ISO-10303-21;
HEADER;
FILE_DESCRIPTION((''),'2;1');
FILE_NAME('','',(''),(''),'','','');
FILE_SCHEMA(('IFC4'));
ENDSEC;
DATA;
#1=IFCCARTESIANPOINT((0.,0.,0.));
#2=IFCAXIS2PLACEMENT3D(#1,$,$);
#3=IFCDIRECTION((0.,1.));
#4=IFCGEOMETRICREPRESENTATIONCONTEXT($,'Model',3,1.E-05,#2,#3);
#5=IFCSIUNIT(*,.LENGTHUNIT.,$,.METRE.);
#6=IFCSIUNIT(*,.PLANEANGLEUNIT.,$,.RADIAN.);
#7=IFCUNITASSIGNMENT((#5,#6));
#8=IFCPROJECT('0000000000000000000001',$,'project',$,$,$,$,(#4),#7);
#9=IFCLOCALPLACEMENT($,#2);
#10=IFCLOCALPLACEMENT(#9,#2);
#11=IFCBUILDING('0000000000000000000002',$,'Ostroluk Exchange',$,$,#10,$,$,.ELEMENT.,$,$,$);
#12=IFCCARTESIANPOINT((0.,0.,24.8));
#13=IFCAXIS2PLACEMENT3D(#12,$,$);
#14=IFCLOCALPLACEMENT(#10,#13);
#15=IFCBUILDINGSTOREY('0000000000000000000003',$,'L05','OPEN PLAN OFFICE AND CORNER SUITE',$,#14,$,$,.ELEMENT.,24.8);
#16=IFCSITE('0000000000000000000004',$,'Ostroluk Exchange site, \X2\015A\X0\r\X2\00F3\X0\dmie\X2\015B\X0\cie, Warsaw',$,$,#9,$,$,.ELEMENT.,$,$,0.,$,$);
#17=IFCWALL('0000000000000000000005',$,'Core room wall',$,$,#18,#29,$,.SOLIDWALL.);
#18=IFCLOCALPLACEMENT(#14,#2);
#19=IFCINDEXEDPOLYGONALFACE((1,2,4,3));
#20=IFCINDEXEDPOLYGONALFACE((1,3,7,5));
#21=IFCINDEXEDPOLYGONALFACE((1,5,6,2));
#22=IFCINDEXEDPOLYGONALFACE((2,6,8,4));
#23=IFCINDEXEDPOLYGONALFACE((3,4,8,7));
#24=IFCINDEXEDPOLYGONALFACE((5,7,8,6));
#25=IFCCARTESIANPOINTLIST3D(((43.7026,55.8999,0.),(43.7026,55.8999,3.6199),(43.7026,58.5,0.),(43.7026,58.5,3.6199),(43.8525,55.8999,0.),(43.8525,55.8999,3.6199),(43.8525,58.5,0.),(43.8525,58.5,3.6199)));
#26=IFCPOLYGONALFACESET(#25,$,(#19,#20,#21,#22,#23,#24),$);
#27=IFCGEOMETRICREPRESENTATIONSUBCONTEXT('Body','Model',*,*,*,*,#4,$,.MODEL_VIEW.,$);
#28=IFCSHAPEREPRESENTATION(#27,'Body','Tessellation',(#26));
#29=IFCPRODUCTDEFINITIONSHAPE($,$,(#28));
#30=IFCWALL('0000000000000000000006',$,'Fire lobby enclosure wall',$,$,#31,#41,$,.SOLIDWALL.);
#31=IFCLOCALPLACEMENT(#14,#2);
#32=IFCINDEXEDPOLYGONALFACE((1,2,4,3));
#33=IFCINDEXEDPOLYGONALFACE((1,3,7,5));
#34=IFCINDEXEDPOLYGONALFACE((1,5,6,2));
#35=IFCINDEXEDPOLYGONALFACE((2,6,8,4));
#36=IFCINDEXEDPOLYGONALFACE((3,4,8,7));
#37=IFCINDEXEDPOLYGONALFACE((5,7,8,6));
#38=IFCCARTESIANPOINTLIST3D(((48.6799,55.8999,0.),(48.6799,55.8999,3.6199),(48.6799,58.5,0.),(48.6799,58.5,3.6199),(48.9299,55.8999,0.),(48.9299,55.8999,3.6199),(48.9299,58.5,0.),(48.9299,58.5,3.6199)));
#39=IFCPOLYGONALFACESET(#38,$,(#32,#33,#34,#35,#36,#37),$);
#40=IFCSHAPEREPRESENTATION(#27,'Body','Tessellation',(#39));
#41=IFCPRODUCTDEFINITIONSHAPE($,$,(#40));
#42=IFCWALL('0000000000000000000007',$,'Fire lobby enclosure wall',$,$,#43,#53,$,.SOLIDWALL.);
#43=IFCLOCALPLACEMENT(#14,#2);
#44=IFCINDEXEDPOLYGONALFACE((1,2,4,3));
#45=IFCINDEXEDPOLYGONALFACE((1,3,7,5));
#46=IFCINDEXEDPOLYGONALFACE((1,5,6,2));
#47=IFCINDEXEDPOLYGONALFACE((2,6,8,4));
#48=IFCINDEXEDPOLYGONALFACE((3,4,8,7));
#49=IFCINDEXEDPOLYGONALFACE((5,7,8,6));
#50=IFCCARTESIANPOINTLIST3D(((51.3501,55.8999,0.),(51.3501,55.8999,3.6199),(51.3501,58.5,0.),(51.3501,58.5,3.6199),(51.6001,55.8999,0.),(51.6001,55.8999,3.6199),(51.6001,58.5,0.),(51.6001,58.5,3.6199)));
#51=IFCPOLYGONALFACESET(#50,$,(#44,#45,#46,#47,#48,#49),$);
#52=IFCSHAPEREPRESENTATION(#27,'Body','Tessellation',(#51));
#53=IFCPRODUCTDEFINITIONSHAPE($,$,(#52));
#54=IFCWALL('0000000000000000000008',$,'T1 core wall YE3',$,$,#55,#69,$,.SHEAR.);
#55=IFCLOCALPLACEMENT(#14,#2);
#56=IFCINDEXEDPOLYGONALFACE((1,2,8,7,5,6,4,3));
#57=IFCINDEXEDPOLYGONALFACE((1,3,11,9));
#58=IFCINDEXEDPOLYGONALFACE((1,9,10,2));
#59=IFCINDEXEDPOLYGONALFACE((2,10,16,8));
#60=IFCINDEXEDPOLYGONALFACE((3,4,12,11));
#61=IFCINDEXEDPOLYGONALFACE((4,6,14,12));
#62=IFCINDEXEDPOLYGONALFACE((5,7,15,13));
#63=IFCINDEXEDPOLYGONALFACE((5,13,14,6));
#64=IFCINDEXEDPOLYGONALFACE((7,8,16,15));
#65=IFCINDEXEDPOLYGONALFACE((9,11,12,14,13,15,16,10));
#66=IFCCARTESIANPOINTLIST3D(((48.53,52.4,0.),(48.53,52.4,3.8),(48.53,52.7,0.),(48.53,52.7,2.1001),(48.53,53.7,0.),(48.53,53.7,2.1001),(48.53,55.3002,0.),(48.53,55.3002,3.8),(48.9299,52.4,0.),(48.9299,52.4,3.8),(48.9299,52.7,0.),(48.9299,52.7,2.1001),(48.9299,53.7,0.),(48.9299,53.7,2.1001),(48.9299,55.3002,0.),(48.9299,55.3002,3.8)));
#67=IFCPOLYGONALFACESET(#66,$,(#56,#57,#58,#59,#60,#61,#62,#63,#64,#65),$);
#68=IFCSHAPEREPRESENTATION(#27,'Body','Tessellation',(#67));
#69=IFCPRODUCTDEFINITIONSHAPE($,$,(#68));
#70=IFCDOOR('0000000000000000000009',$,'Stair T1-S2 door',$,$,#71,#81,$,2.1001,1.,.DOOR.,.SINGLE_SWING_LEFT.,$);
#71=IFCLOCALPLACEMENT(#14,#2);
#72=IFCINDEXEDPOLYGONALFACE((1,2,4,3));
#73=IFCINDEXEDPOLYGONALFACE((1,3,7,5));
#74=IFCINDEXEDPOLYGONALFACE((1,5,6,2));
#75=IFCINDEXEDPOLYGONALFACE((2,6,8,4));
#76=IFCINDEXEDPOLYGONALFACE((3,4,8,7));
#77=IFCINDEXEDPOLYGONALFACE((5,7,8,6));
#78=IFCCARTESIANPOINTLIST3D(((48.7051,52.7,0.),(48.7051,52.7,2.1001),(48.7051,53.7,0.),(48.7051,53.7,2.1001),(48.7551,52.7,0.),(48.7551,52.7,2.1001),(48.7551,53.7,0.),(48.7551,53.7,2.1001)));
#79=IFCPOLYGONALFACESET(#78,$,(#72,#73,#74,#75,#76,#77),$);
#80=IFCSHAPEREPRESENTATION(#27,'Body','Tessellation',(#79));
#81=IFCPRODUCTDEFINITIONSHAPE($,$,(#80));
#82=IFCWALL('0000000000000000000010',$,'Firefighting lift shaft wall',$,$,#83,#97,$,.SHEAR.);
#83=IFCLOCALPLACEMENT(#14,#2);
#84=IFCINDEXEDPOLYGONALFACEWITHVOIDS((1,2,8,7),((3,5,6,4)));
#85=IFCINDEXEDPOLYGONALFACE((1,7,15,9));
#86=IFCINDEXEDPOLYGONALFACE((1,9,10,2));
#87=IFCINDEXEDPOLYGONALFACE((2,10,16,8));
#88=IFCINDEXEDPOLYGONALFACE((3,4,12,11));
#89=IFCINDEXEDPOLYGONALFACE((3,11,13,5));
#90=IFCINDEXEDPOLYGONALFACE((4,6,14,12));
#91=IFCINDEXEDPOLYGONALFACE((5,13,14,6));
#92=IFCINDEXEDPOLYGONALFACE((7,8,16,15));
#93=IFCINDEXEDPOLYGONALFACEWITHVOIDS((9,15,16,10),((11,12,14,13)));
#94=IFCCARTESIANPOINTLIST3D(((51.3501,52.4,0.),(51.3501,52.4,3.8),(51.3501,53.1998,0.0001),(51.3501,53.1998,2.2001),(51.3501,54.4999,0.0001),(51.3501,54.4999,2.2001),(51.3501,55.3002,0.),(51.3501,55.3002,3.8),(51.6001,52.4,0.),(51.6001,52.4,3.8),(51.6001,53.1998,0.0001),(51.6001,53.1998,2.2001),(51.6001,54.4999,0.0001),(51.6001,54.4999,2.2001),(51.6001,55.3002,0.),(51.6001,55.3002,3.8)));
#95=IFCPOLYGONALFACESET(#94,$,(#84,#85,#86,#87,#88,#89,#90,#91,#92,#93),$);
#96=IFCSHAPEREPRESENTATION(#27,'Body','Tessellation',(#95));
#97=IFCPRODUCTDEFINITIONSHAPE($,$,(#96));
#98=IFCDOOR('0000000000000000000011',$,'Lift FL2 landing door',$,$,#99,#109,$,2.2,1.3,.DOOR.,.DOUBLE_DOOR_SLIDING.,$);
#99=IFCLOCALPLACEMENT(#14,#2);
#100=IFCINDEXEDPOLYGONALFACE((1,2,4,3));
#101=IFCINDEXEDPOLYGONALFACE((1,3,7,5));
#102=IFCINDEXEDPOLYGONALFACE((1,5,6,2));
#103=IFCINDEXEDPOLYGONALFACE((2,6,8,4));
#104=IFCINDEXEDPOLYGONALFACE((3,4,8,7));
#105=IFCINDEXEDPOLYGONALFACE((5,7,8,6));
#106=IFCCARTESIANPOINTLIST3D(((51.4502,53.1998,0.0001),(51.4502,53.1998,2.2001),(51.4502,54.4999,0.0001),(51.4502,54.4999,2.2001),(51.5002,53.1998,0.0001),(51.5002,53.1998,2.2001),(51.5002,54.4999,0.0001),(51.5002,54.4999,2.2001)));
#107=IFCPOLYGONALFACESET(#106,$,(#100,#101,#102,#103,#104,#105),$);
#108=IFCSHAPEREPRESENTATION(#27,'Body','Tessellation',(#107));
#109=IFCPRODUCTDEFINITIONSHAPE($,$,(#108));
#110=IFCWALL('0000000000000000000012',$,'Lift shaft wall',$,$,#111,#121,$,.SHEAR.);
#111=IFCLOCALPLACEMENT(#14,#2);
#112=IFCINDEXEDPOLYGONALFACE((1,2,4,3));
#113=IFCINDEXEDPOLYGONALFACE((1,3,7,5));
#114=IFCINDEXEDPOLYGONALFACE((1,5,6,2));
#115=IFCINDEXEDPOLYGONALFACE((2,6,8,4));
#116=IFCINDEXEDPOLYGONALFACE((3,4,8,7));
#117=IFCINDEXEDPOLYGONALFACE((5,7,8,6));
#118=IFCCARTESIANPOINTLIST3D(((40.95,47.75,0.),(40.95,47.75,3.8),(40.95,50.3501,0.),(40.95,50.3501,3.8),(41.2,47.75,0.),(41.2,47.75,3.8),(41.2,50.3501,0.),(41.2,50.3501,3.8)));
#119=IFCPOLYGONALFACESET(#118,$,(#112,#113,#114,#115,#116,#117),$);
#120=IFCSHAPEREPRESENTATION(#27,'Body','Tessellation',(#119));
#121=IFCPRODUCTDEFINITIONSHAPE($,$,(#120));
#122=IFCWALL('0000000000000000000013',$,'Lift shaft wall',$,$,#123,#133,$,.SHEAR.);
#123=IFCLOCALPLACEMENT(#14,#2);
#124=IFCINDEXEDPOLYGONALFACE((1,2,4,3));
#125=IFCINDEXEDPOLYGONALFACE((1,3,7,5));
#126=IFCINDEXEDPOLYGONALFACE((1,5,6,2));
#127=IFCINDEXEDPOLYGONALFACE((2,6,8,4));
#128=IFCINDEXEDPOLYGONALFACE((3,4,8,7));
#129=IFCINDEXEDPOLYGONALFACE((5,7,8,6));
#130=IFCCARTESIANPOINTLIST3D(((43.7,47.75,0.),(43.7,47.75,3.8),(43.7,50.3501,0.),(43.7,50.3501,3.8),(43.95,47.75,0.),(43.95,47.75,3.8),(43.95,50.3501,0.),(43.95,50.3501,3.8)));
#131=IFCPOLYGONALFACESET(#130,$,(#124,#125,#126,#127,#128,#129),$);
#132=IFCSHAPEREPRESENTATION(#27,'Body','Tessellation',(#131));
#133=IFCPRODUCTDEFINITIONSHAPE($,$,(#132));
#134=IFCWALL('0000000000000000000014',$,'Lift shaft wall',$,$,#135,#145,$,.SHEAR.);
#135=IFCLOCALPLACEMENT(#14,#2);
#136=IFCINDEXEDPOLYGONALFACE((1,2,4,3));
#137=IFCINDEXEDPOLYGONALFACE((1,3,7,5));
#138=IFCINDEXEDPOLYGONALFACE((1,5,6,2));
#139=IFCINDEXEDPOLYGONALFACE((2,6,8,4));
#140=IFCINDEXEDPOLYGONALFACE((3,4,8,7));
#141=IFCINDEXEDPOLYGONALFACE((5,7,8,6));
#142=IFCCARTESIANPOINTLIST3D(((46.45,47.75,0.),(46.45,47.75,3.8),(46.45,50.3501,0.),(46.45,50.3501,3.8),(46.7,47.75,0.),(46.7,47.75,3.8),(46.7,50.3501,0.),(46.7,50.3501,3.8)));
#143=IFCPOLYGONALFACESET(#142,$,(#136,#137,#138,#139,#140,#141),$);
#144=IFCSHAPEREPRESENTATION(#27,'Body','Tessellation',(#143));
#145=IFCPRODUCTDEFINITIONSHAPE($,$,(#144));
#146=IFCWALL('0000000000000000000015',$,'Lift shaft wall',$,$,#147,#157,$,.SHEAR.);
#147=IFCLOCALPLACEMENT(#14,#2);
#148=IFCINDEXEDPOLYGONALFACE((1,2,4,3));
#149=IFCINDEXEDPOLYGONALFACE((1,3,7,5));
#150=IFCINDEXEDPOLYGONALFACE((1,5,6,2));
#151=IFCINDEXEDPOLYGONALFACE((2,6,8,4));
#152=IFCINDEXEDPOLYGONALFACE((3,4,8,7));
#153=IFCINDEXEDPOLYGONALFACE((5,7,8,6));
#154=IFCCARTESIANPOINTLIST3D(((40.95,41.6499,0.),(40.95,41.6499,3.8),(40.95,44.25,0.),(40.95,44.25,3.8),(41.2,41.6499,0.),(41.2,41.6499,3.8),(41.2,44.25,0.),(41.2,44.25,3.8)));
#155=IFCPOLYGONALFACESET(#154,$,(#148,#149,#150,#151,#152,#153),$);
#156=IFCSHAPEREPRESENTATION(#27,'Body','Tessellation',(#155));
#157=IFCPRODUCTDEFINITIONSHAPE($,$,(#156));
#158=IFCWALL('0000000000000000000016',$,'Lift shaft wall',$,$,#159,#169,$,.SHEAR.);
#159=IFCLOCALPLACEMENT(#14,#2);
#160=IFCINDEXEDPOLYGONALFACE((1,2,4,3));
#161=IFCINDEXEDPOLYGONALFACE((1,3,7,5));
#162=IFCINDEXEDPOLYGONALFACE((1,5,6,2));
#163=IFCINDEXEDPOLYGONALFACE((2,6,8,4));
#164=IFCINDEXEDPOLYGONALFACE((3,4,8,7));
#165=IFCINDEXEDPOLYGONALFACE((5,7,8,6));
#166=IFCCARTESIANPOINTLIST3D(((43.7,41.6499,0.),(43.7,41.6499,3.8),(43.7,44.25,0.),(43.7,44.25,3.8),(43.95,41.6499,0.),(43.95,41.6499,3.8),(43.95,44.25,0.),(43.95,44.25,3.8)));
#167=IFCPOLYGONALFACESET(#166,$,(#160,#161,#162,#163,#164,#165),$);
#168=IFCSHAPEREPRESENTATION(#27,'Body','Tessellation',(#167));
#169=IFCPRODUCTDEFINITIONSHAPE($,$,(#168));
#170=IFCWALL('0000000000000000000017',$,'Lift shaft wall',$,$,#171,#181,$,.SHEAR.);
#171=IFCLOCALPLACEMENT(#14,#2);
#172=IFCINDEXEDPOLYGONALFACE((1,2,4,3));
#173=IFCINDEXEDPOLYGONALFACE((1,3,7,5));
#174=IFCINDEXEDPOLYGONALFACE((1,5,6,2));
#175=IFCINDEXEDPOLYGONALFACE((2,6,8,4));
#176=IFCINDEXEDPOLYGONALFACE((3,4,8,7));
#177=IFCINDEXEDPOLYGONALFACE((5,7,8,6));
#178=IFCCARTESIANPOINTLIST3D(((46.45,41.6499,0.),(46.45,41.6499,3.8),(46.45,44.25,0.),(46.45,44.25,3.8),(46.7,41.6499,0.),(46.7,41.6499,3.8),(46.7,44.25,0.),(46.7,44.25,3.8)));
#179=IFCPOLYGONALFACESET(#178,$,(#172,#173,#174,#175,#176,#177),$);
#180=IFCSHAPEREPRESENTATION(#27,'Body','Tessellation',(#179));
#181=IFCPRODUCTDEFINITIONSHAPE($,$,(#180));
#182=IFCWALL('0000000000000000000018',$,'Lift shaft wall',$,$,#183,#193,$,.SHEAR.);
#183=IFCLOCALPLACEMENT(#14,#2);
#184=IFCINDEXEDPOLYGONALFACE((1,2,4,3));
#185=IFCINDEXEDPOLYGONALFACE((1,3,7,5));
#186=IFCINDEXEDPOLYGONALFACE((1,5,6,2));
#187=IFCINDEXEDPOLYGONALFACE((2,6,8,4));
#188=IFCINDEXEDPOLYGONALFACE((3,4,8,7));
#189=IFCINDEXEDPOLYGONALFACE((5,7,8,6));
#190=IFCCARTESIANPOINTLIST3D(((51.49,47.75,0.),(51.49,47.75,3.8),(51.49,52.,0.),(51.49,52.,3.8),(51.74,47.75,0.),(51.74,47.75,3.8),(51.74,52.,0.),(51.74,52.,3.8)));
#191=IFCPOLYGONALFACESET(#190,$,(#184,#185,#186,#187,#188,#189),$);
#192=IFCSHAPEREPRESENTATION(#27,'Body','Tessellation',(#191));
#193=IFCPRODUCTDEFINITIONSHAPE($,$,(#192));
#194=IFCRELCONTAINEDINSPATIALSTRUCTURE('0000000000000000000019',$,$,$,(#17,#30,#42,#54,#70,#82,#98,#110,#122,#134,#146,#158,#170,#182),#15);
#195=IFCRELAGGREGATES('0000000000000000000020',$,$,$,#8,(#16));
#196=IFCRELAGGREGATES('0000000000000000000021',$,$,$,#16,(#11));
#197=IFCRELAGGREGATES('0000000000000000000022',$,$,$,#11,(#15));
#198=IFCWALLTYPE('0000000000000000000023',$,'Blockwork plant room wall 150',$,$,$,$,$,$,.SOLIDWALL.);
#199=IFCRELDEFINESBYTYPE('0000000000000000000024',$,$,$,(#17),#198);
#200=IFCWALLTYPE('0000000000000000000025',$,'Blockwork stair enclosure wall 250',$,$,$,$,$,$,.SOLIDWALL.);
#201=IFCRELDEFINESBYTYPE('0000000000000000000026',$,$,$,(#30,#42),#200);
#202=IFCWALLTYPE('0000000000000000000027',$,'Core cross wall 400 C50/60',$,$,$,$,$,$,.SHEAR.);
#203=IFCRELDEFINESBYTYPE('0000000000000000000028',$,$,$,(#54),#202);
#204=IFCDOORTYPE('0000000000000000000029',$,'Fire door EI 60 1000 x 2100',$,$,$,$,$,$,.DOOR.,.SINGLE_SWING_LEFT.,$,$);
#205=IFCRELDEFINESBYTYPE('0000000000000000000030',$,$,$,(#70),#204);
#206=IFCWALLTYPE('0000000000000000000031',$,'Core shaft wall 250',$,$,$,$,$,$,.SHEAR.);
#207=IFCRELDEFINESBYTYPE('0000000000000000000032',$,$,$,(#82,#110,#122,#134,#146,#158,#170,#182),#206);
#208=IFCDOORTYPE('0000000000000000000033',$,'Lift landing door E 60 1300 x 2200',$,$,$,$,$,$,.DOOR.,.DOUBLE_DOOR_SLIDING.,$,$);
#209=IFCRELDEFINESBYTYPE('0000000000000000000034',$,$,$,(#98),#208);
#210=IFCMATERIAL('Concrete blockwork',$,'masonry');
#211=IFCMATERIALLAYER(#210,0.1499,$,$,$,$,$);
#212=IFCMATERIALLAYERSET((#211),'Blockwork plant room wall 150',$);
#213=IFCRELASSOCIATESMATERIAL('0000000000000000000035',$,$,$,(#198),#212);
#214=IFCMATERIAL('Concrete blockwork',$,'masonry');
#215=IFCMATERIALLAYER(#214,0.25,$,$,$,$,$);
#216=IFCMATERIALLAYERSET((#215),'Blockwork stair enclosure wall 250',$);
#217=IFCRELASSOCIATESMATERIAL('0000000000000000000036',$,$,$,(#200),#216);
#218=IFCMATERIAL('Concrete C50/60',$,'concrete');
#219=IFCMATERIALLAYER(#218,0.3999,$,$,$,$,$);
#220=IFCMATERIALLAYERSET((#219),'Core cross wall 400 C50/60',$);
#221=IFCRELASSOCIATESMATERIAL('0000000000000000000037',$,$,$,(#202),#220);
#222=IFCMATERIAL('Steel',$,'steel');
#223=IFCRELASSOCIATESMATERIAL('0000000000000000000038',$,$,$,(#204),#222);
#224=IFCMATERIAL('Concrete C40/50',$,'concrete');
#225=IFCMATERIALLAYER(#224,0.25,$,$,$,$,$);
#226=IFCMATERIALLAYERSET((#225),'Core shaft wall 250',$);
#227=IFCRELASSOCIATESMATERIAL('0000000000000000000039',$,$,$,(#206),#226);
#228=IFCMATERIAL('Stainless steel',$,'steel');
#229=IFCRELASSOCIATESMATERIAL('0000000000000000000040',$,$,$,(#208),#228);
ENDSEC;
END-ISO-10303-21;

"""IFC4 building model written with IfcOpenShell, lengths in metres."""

from ifc_helpers import new_model, si_unit, direction, frame, frame_2d, origin, place, context, subcontext, project, spatial, rectangle, extrude, material, layer, layer_set, type_object, element, fill, save


model = new_model("IFC4")

# Units and contexts
model_context = context("Model", 3, precision=1e-05, world=origin(), true_north=direction((0.0, 1.0)))
body_context = subcontext(model_context, "Body", "Model", "MODEL_VIEW")
ifc_project = project(units=[si_unit("LENGTHUNIT", "METRE"), si_unit("PLANEANGLEUNIT", "RADIAN")], contexts=[model_context])

# Site, building, storey
site_placement = place(None, origin())
site = spatial("IfcSite", under=ifc_project, at=site_placement, Name="Ostroluk Exchange site, Śródmieście, Warsaw", CompositionType="ELEMENT", RefElevation=0.0)
building_placement = place(site_placement, origin())
building = spatial("IfcBuilding", under=site, at=building_placement, Name="Ostroluk Exchange", CompositionType="ELEMENT")
storey_placement = place(building_placement, frame((0.0, 0.0, 24.8)))
storey = spatial("IfcBuildingStorey", under=building, at=storey_placement, Name="L05", Description="OPEN PLAN OFFICE AND CORNER SUITE", CompositionType="ELEMENT", Elevation=24.8)

# Walls
ifc_material_1 = material(Name="Concrete blockwork", Category="masonry")
ifc_layer_1 = layer(ifc_material_1, 0.1499)
ifc_layer_set_1 = layer_set([ifc_layer_1], Name="Blockwork plant room wall 150")
wall_type_1 = type_object("IfcWallType", Name="Blockwork plant room wall 150", PredefinedType="SOLIDWALL", material=ifc_layer_set_1)
wall_1_placement = place(storey_placement, frame((43.7776, 55.8999, 0.0), z_axis=(0.0, 0.0, 1.0), x_axis=(0.0, 1.0, 0.0)))
element("IfcWall", 1, at=wall_1_placement, inside=storey, type_object=wall_type_1, Name="Core room wall", PredefinedType="SOLIDWALL", context=body_context, shape_type="SweptSolid", body=[
    extrude(rectangle(XDim=2.6001, YDim=0.1499, at=frame_2d((1.3, 0.0))), origin(), (0.0, 0.0, 1.0), 3.6199),
])
ifc_material_2 = material(Name="Concrete blockwork", Category="masonry")
ifc_layer_2 = layer(ifc_material_2, 0.25)
ifc_layer_set_2 = layer_set([ifc_layer_2], Name="Blockwork stair enclosure wall 250")
wall_type_2 = type_object("IfcWallType", Name="Blockwork stair enclosure wall 250", PredefinedType="SOLIDWALL", material=ifc_layer_set_2)
for number, where, z_axis, x_axis, name in (
    (2, (48.8049, 55.8999, 0.0), (0.0, 0.0, 1.0), (0.0, 1.0, 0.0), "Fire lobby enclosure wall"),
    (3, (51.4751, 55.8999, 0.0), (0.0, 0.0, 1.0), (0.0, 1.0, 0.0), "Fire lobby enclosure wall"),
):
    element("IfcWall", number, at=place(storey_placement, frame(where, z_axis=z_axis, x_axis=x_axis)), inside=storey, type_object=wall_type_2, Name=name, PredefinedType="SOLIDWALL", context=body_context, shape_type="SweptSolid", body=[
        extrude(rectangle(XDim=2.6001, YDim=0.25, at=frame_2d((1.3, 0.0))), origin(), (0.0, 0.0, 1.0), 3.6199),
    ])

# Walls, openings, doors
ifc_material_3 = material(Name="Concrete C50/60", Category="concrete")
ifc_layer_3 = layer(ifc_material_3, 0.3999)
ifc_layer_set_3 = layer_set([ifc_layer_3], Name="Core cross wall 400 C50/60")
wall_type_3 = type_object("IfcWallType", Name="Core cross wall 400 C50/60", PredefinedType="SHEAR", material=ifc_layer_set_3)
wall_2_placement = place(storey_placement, frame((48.73, 52.3999, 0.0), z_axis=(0.0, 0.0, 1.0), x_axis=(0.0, 1.0, 0.0)))
wall_2 = element("IfcWall", 4, at=wall_2_placement, inside=storey, type_object=wall_type_3, Name="T1 core wall YE3", PredefinedType="SHEAR", context=body_context, shape_type="SweptSolid", body=[
    extrude(rectangle(XDim=2.9001, YDim=0.3999, at=frame_2d((1.4502, 0.0))), origin(), (0.0, 0.0, 1.0), 3.8),
])
opening_1_placement = place(wall_2_placement, frame((0.3, 0.0, 0.0)))
opening_1 = element("IfcOpeningElement", 5, at=opening_1_placement, cuts=wall_2, PredefinedType="OPENING", context=body_context, shape_type="SweptSolid", body=[
    extrude(rectangle(XDim=1.0, YDim=2.1001, at=frame_2d((0.5, 1.05))), frame((0.0, 0.21, 0.0), z_axis=(0.0, -1.0, 0.0), x_axis=(1.0, 0.0, 0.0)), (0.0, 0.0, 1.0), 0.4199),
])
ifc_material_4 = material(Name="Steel", Category="steel")
door_type_1 = type_object("IfcDoorType", Name="Fire door EI 60 1000 x 2100", OperationType="SINGLE_SWING_LEFT", PredefinedType="DOOR", material=ifc_material_4)
door_1_placement = place(opening_1_placement, origin())
door_1 = element("IfcDoor", 6, at=door_1_placement, inside=storey, type_object=door_type_1, Name="Stair T1-S2 door", OperationType="SINGLE_SWING_LEFT", OverallHeight=2.1001, OverallWidth=1.0, PredefinedType="DOOR", context=body_context, shape_type="SweptSolid", body=[
    extrude(rectangle(XDim=1.0, YDim=2.1001, at=frame_2d((0.5, 1.05))), frame((0.0, 0.0249, 0.0), z_axis=(0.0, -1.0, 0.0), x_axis=(1.0, 0.0, 0.0)), (0.0, 0.0, 1.0), 0.05),
])
fill(opening_1, door_1)
ifc_material_5 = material(Name="Concrete C40/50", Category="concrete")
ifc_layer_4 = layer(ifc_material_5, 0.25)
ifc_layer_set_4 = layer_set([ifc_layer_4], Name="Core shaft wall 250")
wall_type_4 = type_object("IfcWallType", Name="Core shaft wall 250", PredefinedType="SHEAR", material=ifc_layer_set_4)
wall_3_placement = place(storey_placement, frame((51.4751, 52.3999, 0.0), z_axis=(0.0, 0.0, 1.0), x_axis=(0.0, 1.0, 0.0)))
wall_3 = element("IfcWall", 7, at=wall_3_placement, inside=storey, type_object=wall_type_4, Name="Firefighting lift shaft wall", PredefinedType="SHEAR", context=body_context, shape_type="SweptSolid", body=[
    extrude(rectangle(XDim=2.9001, YDim=0.25, at=frame_2d((1.4502, 0.0))), origin(), (0.0, 0.0, 1.0), 3.8),
])
opening_2_placement = place(wall_3_placement, frame((0.8, 0.0, 0.0)))
opening_2 = element("IfcOpeningElement", 8, at=opening_2_placement, cuts=wall_3, PredefinedType="OPENING", context=body_context, shape_type="SweptSolid", body=[
    extrude(rectangle(XDim=1.3, YDim=2.2, at=frame_2d((0.6499, 1.1001))), frame((0.0, 0.135, 0.0), z_axis=(0.0, -1.0, 0.0), x_axis=(1.0, 0.0, 0.0)), (0.0, 0.0, 1.0), 0.27),
])
ifc_material_6 = material(Name="Stainless steel", Category="steel")
door_type_2 = type_object("IfcDoorType", Name="Lift landing door E 60 1300 x 2200", OperationType="DOUBLE_DOOR_SLIDING", PredefinedType="DOOR", material=ifc_material_6)
door_2_placement = place(opening_2_placement, origin())
door_2 = element("IfcDoor", 9, at=door_2_placement, inside=storey, type_object=door_type_2, Name="Lift FL2 landing door", OperationType="DOUBLE_DOOR_SLIDING", OverallHeight=2.2, OverallWidth=1.3, PredefinedType="DOOR", context=body_context, shape_type="SweptSolid", body=[
    extrude(rectangle(XDim=1.3, YDim=2.2, at=frame_2d((0.6499, 1.1001))), frame((0.0, 0.0249, 0.0), z_axis=(0.0, -1.0, 0.0), x_axis=(1.0, 0.0, 0.0)), (0.0, 0.0, 1.0), 0.05),
])
fill(opening_2, door_2)

# Walls
for number, where, z_axis, x_axis, name in (
    (10, (41.075, 47.75, 0.0), (0.0, 0.0, 1.0), (0.0, 1.0, 0.0), "Lift shaft wall"),
    (11, (43.825, 47.75, 0.0), (0.0, 0.0, 1.0), (0.0, 1.0, 0.0), "Lift shaft wall"),
    (12, (46.575, 47.75, 0.0), (0.0, 0.0, 1.0), (0.0, 1.0, 0.0), "Lift shaft wall"),
    (13, (41.075, 44.25, 0.0), (0.0, 0.0, 1.0), (0.0, -1.0, 0.0), "Lift shaft wall"),
    (14, (43.825, 44.25, 0.0), (0.0, 0.0, 1.0), (0.0, -1.0, 0.0), "Lift shaft wall"),
    (15, (46.575, 44.25, 0.0), (0.0, 0.0, 1.0), (0.0, -1.0, 0.0), "Lift shaft wall"),
):
    element("IfcWall", number, at=place(storey_placement, frame(where, z_axis=z_axis, x_axis=x_axis)), inside=storey, type_object=wall_type_4, Name=name, PredefinedType="SHEAR", context=body_context, shape_type="SweptSolid", body=[
        extrude(rectangle(XDim=2.6001, YDim=0.25, at=frame_2d((1.3, 0.0))), origin(), (0.0, 0.0, 1.0), 3.8),
    ])
wall_4_placement = place(storey_placement, frame((51.615, 47.75, 0.0), z_axis=(0.0, 0.0, 1.0), x_axis=(0.0, 1.0, 0.0)))
element("IfcWall", 16, at=wall_4_placement, inside=storey, type_object=wall_type_4, Name="Lift shaft wall", PredefinedType="SHEAR", context=body_context, shape_type="SweptSolid", body=[
    extrude(rectangle(XDim=4.25, YDim=0.25, at=frame_2d((2.125, 0.0))), origin(), (0.0, 0.0, 1.0), 3.8),
])

save(model, "model.ifc")
